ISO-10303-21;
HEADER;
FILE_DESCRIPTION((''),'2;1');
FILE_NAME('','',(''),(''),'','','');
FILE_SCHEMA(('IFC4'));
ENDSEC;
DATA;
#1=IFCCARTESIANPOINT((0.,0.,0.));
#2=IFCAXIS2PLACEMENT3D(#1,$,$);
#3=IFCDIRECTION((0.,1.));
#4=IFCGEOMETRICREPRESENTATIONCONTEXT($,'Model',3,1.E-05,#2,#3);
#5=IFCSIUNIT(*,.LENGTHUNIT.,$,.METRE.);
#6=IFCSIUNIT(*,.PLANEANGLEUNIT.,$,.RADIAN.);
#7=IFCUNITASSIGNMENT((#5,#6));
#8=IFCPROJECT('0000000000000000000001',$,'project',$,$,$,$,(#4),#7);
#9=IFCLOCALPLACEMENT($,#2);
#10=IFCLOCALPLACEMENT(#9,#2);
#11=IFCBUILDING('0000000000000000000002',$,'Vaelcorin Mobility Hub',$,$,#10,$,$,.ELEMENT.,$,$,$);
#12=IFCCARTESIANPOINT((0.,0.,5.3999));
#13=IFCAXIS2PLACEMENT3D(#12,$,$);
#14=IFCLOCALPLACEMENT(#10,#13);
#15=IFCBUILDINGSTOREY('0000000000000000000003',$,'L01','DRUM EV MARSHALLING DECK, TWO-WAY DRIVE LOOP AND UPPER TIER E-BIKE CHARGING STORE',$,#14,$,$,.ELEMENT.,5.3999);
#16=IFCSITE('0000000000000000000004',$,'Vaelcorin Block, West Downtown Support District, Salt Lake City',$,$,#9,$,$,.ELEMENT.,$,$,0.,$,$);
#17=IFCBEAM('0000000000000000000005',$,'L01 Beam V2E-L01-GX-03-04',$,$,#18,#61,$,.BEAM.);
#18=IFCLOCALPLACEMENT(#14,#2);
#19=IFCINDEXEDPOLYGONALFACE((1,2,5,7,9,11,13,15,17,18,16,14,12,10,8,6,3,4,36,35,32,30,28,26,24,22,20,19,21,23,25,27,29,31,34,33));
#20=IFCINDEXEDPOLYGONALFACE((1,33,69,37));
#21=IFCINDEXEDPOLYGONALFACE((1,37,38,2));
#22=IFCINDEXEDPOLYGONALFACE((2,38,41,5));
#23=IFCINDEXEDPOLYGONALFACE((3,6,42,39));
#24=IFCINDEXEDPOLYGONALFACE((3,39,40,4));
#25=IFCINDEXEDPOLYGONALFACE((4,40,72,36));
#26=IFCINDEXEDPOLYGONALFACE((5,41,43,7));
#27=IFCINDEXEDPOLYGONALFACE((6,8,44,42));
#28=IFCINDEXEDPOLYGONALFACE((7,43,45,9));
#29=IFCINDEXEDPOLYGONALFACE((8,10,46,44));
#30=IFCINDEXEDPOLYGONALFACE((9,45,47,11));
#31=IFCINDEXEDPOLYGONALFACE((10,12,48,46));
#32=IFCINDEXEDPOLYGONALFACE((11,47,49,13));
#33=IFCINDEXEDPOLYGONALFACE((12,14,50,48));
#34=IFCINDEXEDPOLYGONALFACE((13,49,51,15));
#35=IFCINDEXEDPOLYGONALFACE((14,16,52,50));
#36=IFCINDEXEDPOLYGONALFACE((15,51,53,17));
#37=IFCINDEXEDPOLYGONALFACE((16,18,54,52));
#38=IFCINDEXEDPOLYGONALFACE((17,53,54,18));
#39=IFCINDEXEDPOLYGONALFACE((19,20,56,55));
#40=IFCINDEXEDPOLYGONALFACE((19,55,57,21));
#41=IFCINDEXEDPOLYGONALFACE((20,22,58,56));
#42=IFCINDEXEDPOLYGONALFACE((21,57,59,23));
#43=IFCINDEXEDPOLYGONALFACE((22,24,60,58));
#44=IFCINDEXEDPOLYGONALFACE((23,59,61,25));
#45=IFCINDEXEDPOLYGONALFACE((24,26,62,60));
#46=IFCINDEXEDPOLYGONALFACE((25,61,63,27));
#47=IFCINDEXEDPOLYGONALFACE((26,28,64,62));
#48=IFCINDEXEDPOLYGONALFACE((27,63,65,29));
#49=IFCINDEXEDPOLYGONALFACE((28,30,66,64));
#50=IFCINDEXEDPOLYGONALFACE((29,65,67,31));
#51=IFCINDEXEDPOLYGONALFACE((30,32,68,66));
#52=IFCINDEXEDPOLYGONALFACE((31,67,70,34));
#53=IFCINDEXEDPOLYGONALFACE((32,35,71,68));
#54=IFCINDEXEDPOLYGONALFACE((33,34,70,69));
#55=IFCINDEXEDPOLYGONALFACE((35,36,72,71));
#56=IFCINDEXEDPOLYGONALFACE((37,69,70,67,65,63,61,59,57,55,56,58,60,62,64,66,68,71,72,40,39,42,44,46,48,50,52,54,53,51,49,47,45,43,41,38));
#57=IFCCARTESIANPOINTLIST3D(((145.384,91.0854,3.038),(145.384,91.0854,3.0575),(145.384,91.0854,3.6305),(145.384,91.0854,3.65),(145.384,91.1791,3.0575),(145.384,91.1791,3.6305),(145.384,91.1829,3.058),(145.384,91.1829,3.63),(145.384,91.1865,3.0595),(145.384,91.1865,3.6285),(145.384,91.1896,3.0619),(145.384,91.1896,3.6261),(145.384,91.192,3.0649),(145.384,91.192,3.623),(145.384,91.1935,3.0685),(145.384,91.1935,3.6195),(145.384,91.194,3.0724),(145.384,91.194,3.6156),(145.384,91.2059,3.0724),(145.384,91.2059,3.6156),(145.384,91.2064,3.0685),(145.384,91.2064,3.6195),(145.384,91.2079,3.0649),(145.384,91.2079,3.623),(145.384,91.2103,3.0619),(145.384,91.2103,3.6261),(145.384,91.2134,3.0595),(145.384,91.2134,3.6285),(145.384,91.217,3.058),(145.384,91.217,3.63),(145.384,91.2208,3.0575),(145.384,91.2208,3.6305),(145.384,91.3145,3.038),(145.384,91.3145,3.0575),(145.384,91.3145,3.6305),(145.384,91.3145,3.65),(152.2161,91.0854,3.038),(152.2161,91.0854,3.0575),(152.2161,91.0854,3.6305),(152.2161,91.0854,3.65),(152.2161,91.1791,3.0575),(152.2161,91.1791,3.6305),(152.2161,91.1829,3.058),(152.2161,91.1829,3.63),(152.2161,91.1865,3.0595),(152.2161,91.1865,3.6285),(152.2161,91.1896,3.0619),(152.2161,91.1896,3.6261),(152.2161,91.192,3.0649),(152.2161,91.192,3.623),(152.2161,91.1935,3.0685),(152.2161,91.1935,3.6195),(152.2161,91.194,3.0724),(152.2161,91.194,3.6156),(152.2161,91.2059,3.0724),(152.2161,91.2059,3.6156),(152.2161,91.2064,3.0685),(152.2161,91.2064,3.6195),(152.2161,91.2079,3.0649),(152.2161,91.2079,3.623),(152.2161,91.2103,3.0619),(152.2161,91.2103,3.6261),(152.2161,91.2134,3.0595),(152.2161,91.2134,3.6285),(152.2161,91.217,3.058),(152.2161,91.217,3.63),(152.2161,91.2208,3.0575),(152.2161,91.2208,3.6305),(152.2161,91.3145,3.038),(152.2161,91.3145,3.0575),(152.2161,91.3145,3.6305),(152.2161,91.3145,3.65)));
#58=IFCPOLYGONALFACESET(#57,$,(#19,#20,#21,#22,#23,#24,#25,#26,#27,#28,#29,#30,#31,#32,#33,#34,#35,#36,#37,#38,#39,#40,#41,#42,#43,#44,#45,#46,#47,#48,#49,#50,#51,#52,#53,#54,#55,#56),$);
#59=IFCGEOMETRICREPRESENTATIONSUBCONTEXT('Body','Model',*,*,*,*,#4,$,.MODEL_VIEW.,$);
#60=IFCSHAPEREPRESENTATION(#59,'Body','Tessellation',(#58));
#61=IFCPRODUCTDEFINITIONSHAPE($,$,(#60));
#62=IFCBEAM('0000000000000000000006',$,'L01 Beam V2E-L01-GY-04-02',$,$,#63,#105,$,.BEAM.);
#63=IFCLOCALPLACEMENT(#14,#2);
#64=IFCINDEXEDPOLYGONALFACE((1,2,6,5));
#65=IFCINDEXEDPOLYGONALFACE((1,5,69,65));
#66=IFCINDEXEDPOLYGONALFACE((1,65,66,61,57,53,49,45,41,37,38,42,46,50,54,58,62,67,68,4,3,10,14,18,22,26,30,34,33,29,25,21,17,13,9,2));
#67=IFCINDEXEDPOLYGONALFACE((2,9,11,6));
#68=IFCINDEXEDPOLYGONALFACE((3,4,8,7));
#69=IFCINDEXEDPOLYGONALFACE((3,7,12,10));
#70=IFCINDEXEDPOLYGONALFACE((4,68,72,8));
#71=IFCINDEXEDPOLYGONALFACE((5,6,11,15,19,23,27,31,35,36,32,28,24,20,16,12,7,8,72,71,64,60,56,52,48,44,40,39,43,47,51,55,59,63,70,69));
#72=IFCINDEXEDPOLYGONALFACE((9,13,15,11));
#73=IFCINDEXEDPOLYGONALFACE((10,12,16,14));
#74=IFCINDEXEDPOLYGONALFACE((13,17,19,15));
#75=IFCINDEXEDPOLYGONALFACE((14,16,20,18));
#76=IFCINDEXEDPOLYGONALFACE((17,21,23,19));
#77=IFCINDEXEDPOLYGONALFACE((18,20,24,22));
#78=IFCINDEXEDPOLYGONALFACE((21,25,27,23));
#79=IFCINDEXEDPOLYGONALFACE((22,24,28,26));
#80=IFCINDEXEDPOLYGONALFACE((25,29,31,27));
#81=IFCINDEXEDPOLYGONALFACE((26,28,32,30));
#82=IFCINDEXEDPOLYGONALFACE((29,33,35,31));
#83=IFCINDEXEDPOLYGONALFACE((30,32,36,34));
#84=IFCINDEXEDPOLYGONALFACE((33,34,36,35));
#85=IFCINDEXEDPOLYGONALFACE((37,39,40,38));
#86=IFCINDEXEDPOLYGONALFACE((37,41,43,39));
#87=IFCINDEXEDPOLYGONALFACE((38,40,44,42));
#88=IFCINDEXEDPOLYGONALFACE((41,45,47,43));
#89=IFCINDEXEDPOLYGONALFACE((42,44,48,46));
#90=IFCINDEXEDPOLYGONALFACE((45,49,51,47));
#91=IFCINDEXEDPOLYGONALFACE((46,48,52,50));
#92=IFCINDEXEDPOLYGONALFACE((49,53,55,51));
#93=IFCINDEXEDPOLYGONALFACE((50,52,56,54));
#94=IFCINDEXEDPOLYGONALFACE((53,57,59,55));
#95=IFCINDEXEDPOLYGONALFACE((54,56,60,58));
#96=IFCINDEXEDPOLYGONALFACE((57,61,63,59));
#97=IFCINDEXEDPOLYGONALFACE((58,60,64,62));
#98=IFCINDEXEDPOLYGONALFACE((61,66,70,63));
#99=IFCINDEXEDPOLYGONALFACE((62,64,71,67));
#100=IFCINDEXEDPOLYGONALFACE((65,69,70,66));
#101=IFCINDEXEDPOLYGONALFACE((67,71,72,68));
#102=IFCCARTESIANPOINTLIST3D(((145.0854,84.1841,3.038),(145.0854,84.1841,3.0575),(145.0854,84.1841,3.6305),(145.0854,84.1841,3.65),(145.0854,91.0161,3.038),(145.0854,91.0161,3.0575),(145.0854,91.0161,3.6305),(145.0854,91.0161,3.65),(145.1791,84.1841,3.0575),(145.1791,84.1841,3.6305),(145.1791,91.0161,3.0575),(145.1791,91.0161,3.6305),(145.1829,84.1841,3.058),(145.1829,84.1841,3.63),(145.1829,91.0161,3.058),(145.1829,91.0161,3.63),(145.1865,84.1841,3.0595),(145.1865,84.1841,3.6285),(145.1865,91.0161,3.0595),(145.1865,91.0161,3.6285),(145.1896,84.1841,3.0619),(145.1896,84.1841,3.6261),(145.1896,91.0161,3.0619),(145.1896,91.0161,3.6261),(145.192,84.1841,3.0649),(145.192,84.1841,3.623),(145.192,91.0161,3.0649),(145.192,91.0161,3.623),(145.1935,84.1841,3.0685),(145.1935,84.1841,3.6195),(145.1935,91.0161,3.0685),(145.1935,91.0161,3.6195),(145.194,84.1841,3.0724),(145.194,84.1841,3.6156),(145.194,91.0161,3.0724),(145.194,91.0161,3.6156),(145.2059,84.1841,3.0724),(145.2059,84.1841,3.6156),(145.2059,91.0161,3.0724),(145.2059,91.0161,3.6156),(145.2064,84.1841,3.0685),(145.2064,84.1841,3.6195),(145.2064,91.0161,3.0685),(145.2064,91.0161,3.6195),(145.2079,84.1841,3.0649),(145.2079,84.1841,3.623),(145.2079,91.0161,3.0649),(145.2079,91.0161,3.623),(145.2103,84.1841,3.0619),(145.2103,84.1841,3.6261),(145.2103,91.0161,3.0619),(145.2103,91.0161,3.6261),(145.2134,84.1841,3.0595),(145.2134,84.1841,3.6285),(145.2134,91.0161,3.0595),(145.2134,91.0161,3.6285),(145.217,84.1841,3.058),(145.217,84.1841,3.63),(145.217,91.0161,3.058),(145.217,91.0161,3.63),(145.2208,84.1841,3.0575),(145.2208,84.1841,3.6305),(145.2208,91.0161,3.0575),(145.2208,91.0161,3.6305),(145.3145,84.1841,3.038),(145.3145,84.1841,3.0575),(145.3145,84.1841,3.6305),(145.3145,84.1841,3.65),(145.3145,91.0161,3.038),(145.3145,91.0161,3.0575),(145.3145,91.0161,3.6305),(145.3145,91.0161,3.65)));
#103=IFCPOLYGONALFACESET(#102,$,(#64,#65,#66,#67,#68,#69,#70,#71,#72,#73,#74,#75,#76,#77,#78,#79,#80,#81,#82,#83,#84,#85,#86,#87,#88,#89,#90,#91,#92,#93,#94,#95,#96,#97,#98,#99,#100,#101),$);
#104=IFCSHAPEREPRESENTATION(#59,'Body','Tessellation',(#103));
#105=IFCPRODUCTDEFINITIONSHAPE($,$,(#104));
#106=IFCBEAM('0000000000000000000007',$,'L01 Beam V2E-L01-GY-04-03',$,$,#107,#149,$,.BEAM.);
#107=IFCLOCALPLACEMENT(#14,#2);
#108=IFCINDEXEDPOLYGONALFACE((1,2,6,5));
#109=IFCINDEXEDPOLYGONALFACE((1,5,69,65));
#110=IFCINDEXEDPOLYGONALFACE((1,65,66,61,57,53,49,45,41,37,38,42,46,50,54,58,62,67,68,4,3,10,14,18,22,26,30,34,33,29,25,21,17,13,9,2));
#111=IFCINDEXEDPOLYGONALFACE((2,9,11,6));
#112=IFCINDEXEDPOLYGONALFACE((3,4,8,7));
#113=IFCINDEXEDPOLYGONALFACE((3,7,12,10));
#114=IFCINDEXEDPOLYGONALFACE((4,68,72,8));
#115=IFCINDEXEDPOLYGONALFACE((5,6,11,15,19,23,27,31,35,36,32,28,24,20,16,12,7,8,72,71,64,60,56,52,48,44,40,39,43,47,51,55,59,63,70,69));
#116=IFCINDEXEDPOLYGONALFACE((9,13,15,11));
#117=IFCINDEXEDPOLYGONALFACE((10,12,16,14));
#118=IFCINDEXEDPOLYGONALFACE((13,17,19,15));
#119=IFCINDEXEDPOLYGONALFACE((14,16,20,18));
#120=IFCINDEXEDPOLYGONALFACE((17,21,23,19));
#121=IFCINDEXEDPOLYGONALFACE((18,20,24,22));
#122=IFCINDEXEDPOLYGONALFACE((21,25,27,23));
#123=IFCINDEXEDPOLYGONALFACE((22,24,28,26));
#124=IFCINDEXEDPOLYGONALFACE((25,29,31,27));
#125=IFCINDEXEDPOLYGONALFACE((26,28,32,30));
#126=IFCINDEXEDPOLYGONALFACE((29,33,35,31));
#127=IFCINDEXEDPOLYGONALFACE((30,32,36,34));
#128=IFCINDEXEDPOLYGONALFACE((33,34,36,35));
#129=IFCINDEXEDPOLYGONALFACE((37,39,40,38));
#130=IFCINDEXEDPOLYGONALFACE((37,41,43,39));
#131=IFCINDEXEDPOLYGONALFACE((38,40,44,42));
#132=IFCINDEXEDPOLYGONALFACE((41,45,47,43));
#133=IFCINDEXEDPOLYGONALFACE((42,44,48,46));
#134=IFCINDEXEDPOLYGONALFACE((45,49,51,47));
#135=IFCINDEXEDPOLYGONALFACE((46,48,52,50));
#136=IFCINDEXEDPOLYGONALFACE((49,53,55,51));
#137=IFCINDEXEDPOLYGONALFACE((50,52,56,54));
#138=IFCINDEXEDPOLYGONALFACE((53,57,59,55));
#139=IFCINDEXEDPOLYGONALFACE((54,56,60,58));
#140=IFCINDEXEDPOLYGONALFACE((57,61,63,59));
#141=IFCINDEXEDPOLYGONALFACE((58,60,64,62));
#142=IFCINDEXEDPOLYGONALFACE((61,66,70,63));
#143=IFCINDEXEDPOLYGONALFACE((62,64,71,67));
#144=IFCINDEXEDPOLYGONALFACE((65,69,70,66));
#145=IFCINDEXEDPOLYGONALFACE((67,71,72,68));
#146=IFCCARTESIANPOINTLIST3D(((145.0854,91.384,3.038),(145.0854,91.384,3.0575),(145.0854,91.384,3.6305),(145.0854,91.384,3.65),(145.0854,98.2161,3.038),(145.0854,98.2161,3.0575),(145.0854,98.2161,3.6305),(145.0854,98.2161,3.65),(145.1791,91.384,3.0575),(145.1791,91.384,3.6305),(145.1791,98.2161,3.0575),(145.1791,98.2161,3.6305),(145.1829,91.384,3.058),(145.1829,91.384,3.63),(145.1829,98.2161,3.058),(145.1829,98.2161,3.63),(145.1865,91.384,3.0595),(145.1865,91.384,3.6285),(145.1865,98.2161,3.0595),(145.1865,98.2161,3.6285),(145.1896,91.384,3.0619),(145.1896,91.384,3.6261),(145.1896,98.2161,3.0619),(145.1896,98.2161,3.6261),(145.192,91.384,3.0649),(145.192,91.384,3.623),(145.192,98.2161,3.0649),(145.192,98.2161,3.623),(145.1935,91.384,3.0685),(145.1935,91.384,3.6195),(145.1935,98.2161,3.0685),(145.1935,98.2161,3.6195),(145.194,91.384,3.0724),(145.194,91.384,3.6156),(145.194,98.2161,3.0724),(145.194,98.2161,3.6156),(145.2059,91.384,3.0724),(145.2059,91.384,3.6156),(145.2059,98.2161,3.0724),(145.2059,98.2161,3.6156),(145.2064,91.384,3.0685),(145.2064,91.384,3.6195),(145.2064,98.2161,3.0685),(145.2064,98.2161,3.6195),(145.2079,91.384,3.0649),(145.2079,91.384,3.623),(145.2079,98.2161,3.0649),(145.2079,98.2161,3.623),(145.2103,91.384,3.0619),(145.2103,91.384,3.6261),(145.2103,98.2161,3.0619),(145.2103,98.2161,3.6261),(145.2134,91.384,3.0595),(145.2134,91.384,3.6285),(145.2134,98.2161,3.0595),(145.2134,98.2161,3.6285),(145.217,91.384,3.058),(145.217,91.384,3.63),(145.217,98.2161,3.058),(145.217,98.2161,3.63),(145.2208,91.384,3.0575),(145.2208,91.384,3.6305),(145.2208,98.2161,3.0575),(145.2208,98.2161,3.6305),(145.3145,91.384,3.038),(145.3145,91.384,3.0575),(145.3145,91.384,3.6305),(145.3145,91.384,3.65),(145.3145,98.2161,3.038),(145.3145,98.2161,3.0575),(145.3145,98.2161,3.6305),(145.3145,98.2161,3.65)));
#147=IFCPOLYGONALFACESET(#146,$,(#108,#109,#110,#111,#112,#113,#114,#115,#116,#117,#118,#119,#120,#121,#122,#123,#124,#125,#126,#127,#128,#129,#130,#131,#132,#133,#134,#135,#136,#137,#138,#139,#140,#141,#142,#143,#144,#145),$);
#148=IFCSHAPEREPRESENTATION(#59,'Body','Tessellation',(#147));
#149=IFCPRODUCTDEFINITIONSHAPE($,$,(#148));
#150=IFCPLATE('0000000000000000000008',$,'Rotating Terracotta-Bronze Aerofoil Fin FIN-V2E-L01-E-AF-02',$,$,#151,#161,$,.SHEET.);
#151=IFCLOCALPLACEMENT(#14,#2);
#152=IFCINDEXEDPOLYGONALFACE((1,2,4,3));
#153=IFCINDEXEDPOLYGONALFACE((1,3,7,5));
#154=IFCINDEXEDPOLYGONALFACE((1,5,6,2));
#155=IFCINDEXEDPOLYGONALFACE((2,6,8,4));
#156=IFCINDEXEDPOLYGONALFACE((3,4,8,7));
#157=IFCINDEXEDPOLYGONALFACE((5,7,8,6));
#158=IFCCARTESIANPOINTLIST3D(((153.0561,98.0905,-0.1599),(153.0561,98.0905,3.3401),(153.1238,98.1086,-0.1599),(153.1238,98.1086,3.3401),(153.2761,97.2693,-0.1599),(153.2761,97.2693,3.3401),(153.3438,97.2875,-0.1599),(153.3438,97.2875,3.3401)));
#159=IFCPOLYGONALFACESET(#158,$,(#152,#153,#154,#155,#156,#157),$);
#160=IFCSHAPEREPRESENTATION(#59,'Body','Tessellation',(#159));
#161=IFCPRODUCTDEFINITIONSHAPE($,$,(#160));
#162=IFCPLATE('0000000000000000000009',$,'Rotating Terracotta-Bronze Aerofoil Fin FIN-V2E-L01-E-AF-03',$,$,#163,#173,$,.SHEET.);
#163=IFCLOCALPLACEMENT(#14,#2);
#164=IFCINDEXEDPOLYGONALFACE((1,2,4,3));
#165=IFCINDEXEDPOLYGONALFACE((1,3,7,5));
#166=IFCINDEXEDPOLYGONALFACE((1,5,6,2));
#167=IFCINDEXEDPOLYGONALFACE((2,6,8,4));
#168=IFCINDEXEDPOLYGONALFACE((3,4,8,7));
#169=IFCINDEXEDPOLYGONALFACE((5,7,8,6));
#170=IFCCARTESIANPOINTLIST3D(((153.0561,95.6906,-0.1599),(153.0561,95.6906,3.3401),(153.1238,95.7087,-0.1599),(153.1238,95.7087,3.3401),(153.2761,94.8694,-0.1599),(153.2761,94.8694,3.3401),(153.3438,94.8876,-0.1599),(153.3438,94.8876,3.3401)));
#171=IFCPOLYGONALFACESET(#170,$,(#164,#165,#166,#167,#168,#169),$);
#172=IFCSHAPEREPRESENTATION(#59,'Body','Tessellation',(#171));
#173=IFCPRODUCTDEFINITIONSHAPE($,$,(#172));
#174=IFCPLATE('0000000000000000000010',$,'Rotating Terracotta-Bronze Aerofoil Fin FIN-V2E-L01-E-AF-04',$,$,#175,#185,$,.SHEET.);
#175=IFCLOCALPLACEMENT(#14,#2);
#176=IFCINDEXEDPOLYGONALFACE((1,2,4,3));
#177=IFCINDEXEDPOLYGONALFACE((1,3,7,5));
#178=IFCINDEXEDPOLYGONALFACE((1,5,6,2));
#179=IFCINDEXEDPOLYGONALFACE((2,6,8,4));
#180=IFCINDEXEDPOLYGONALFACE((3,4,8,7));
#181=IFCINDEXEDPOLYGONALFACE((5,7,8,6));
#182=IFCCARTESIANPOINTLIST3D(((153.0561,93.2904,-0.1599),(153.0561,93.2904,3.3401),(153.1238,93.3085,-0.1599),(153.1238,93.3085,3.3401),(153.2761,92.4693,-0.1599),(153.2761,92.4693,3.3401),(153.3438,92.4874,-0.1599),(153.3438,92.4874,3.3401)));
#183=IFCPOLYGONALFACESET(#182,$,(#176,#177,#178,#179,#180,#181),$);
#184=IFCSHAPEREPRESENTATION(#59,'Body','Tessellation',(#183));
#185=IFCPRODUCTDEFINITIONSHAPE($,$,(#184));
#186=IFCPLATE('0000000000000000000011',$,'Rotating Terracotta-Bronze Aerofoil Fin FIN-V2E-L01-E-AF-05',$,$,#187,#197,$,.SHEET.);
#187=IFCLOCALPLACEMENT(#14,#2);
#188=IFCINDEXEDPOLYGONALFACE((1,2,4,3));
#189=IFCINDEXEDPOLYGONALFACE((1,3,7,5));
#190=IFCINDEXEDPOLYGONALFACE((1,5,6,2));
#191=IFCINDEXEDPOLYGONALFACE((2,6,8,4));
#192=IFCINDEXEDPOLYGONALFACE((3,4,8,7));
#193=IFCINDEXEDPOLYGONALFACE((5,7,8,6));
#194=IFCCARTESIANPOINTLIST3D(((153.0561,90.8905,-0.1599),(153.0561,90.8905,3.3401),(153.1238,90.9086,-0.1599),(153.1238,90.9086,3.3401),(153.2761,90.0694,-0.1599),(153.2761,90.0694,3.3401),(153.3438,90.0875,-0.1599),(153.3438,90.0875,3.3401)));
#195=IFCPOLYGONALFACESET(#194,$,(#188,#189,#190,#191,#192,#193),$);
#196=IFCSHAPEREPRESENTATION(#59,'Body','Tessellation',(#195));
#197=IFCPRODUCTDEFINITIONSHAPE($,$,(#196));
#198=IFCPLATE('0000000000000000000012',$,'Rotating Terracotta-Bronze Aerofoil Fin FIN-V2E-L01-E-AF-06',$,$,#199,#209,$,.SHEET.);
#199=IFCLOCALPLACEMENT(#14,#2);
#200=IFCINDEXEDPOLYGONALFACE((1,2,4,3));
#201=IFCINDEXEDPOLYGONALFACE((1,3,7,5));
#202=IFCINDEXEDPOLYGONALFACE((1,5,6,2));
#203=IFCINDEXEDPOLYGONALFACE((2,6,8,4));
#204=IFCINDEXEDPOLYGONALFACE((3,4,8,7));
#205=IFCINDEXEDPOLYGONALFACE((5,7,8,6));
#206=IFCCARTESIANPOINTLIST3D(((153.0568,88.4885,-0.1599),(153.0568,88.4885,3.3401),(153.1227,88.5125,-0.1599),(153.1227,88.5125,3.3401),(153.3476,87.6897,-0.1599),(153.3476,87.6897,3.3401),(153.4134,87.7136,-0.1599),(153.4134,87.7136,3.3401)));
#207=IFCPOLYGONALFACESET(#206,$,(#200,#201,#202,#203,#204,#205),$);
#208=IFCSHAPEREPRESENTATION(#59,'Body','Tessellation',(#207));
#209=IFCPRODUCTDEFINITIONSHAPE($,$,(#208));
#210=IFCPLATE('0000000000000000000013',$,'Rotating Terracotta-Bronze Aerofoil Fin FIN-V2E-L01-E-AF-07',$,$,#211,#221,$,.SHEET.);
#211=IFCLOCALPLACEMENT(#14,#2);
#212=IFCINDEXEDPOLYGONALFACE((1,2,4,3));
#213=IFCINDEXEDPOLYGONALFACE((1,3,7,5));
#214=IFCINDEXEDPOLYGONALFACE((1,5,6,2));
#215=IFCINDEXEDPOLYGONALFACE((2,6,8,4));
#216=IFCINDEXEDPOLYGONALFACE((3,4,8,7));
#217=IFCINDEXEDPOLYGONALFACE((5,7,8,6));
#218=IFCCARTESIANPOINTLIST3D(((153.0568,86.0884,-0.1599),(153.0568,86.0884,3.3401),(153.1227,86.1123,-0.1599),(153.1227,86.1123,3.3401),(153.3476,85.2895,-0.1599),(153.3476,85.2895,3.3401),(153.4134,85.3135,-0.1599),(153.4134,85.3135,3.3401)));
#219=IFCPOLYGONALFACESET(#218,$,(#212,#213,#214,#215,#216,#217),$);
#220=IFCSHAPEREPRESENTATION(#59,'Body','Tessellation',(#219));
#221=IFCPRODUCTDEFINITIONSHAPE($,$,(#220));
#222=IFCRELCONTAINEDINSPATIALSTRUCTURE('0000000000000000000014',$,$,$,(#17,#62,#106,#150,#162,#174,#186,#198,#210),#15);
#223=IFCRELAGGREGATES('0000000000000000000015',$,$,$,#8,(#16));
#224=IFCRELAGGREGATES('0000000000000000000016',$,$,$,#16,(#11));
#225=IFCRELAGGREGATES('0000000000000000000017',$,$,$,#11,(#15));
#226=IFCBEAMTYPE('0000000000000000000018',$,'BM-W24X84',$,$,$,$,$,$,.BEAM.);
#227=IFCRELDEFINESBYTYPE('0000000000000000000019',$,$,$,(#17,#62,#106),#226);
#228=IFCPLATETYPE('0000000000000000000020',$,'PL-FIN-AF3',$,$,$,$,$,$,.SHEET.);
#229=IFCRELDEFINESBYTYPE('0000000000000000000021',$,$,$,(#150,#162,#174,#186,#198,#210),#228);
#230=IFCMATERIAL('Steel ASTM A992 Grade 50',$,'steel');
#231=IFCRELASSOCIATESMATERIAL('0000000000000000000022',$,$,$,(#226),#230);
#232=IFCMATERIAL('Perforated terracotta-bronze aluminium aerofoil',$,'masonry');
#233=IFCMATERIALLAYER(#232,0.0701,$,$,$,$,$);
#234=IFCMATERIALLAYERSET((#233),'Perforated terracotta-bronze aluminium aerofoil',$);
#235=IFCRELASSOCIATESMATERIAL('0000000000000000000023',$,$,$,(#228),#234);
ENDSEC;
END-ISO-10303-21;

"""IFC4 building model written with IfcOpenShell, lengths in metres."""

from ifc_helpers import new_model, si_unit, direction, frame, origin, origin_2d, place, context, subcontext, project, spatial, rectangle, i_section, extrude, material, layer, layer_set, material_profile, profile_set, type_object, element, save


model = new_model("IFC4")

# Units and contexts
model_context = context("Model", 3, precision=1e-05, world=origin(), true_north=direction((0.0, 1.0)))
body_context = subcontext(model_context, "Body", "Model", "MODEL_VIEW")
ifc_project = project(units=[si_unit("LENGTHUNIT", "METRE"), si_unit("PLANEANGLEUNIT", "RADIAN")], contexts=[model_context])

# Site, building, storey
site_placement = place(None, origin())
site = spatial("IfcSite", under=ifc_project, at=site_placement, Name="Vaelcorin Block, West Downtown Support District, Salt Lake City", CompositionType="ELEMENT", RefElevation=0.0)
building_placement = place(site_placement, origin())
building = spatial("IfcBuilding", under=site, at=building_placement, Name="Vaelcorin Mobility Hub", CompositionType="ELEMENT")
storey_placement = place(building_placement, frame((0.0, 0.0, 5.3999)))
storey = spatial("IfcBuildingStorey", under=building, at=storey_placement, Name="L01", Description="DRUM EV MARSHALLING DECK, TWO-WAY DRIVE LOOP AND UPPER TIER E-BIKE CHARGING STORE", CompositionType="ELEMENT", Elevation=5.3999)

# Shared definitions
ifc_material_1 = material(Name="Steel ASTM A992 Grade 50", Category="steel")

# Beams
ifc_material_profile_1 = material_profile(ifc_material_1, i_section(OverallWidth=0.229, OverallDepth=0.6121, WebThickness=0.012, FlangeThickness=0.0195, FilletRadius=0.0149, at=origin_2d()), Name="W24X84")
ifc_profile_set_1 = profile_set([ifc_material_profile_1], Name="Steel ASTM A992 Grade 50")
beam_type_1 = type_object("IfcBeamType", Name="BM-W24X84", PredefinedType="BEAM", material=ifc_profile_set_1)
for number, where, z_axis, x_axis, name in (
    (1, (145.384, 91.2, 3.344), (1.0, 0.0, 0.0), (0.0, 1.0, 0.0), "L01 Beam V2E-L01-GX-03-04"),
    (2, (145.2, 84.1841, 3.344), (0.0, 1.0, 0.0), (-1.0, 0.0, 0.0), "L01 Beam V2E-L01-GY-04-02"),
    (3, (145.2, 91.384, 3.344), (0.0, 1.0, 0.0), (-1.0, 0.0, 0.0), "L01 Beam V2E-L01-GY-04-03"),
):
    element("IfcBeam", number, at=place(storey_placement, frame(where, z_axis=z_axis, x_axis=x_axis)), inside=storey, type_object=beam_type_1, Name=name, PredefinedType="BEAM", context=body_context, shape_type="SweptSolid", body=[
        extrude(i_section(OverallWidth=0.229, OverallDepth=0.6121, WebThickness=0.012, FlangeThickness=0.0195, FilletRadius=0.0149, at=origin_2d()), origin(), (0.0, 0.0, 1.0), 6.832),
    ])

# Plates
ifc_material_2 = material(Name="Perforated terracotta-bronze aluminium aerofoil", Category="masonry")
ifc_layer_1 = layer(ifc_material_2, 0.0701)
ifc_layer_set_1 = layer_set([ifc_layer_1], Name="Perforated terracotta-bronze aluminium aerofoil")
plate_type = type_object("IfcPlateType", Name="PL-FIN-AF3", PredefinedType="SHEET", material=ifc_layer_set_1)
for number, where, z_axis, x_axis, name in (
    (4, (153.2, 97.689, -0.1599), (0.0, 0.0, 1.0), (0.258819, -0.965926, 0.0), "Rotating Terracotta-Bronze Aerofoil Fin FIN-V2E-L01-E-AF-02"),
    (5, (153.2, 95.2891, -0.1599), (0.0, 0.0, 1.0), (0.258819, -0.965926, 0.0), "Rotating Terracotta-Bronze Aerofoil Fin FIN-V2E-L01-E-AF-03"),
    (6, (153.2, 92.8889, -0.1599), (0.0, 0.0, 1.0), (0.258819, -0.965926, 0.0), "Rotating Terracotta-Bronze Aerofoil Fin FIN-V2E-L01-E-AF-04"),
    (7, (153.2, 90.489, -0.1599), (0.0, 0.0, 1.0), (0.258819, -0.965926, 0.0), "Rotating Terracotta-Bronze Aerofoil Fin FIN-V2E-L01-E-AF-05"),
    (8, (153.2351, 88.1011, -0.1599), (0.0, 0.0, 1.0), (0.34202, -0.939693, 0.0), "Rotating Terracotta-Bronze Aerofoil Fin FIN-V2E-L01-E-AF-06"),
    (9, (153.2351, 85.7009, -0.1599), (0.0, 0.0, 1.0), (0.34202, -0.939693, 0.0), "Rotating Terracotta-Bronze Aerofoil Fin FIN-V2E-L01-E-AF-07"),
):
    element("IfcPlate", number, at=place(storey_placement, frame(where, z_axis=z_axis, x_axis=x_axis)), inside=storey, type_object=plate_type, Name=name, PredefinedType="SHEET", context=body_context, shape_type="SweptSolid", body=[
        extrude(rectangle(XDim=0.8501, YDim=0.0701, at=origin_2d()), origin(), (0.0, 0.0, 1.0), 3.5),
    ])

save(model, "model.ifc")
